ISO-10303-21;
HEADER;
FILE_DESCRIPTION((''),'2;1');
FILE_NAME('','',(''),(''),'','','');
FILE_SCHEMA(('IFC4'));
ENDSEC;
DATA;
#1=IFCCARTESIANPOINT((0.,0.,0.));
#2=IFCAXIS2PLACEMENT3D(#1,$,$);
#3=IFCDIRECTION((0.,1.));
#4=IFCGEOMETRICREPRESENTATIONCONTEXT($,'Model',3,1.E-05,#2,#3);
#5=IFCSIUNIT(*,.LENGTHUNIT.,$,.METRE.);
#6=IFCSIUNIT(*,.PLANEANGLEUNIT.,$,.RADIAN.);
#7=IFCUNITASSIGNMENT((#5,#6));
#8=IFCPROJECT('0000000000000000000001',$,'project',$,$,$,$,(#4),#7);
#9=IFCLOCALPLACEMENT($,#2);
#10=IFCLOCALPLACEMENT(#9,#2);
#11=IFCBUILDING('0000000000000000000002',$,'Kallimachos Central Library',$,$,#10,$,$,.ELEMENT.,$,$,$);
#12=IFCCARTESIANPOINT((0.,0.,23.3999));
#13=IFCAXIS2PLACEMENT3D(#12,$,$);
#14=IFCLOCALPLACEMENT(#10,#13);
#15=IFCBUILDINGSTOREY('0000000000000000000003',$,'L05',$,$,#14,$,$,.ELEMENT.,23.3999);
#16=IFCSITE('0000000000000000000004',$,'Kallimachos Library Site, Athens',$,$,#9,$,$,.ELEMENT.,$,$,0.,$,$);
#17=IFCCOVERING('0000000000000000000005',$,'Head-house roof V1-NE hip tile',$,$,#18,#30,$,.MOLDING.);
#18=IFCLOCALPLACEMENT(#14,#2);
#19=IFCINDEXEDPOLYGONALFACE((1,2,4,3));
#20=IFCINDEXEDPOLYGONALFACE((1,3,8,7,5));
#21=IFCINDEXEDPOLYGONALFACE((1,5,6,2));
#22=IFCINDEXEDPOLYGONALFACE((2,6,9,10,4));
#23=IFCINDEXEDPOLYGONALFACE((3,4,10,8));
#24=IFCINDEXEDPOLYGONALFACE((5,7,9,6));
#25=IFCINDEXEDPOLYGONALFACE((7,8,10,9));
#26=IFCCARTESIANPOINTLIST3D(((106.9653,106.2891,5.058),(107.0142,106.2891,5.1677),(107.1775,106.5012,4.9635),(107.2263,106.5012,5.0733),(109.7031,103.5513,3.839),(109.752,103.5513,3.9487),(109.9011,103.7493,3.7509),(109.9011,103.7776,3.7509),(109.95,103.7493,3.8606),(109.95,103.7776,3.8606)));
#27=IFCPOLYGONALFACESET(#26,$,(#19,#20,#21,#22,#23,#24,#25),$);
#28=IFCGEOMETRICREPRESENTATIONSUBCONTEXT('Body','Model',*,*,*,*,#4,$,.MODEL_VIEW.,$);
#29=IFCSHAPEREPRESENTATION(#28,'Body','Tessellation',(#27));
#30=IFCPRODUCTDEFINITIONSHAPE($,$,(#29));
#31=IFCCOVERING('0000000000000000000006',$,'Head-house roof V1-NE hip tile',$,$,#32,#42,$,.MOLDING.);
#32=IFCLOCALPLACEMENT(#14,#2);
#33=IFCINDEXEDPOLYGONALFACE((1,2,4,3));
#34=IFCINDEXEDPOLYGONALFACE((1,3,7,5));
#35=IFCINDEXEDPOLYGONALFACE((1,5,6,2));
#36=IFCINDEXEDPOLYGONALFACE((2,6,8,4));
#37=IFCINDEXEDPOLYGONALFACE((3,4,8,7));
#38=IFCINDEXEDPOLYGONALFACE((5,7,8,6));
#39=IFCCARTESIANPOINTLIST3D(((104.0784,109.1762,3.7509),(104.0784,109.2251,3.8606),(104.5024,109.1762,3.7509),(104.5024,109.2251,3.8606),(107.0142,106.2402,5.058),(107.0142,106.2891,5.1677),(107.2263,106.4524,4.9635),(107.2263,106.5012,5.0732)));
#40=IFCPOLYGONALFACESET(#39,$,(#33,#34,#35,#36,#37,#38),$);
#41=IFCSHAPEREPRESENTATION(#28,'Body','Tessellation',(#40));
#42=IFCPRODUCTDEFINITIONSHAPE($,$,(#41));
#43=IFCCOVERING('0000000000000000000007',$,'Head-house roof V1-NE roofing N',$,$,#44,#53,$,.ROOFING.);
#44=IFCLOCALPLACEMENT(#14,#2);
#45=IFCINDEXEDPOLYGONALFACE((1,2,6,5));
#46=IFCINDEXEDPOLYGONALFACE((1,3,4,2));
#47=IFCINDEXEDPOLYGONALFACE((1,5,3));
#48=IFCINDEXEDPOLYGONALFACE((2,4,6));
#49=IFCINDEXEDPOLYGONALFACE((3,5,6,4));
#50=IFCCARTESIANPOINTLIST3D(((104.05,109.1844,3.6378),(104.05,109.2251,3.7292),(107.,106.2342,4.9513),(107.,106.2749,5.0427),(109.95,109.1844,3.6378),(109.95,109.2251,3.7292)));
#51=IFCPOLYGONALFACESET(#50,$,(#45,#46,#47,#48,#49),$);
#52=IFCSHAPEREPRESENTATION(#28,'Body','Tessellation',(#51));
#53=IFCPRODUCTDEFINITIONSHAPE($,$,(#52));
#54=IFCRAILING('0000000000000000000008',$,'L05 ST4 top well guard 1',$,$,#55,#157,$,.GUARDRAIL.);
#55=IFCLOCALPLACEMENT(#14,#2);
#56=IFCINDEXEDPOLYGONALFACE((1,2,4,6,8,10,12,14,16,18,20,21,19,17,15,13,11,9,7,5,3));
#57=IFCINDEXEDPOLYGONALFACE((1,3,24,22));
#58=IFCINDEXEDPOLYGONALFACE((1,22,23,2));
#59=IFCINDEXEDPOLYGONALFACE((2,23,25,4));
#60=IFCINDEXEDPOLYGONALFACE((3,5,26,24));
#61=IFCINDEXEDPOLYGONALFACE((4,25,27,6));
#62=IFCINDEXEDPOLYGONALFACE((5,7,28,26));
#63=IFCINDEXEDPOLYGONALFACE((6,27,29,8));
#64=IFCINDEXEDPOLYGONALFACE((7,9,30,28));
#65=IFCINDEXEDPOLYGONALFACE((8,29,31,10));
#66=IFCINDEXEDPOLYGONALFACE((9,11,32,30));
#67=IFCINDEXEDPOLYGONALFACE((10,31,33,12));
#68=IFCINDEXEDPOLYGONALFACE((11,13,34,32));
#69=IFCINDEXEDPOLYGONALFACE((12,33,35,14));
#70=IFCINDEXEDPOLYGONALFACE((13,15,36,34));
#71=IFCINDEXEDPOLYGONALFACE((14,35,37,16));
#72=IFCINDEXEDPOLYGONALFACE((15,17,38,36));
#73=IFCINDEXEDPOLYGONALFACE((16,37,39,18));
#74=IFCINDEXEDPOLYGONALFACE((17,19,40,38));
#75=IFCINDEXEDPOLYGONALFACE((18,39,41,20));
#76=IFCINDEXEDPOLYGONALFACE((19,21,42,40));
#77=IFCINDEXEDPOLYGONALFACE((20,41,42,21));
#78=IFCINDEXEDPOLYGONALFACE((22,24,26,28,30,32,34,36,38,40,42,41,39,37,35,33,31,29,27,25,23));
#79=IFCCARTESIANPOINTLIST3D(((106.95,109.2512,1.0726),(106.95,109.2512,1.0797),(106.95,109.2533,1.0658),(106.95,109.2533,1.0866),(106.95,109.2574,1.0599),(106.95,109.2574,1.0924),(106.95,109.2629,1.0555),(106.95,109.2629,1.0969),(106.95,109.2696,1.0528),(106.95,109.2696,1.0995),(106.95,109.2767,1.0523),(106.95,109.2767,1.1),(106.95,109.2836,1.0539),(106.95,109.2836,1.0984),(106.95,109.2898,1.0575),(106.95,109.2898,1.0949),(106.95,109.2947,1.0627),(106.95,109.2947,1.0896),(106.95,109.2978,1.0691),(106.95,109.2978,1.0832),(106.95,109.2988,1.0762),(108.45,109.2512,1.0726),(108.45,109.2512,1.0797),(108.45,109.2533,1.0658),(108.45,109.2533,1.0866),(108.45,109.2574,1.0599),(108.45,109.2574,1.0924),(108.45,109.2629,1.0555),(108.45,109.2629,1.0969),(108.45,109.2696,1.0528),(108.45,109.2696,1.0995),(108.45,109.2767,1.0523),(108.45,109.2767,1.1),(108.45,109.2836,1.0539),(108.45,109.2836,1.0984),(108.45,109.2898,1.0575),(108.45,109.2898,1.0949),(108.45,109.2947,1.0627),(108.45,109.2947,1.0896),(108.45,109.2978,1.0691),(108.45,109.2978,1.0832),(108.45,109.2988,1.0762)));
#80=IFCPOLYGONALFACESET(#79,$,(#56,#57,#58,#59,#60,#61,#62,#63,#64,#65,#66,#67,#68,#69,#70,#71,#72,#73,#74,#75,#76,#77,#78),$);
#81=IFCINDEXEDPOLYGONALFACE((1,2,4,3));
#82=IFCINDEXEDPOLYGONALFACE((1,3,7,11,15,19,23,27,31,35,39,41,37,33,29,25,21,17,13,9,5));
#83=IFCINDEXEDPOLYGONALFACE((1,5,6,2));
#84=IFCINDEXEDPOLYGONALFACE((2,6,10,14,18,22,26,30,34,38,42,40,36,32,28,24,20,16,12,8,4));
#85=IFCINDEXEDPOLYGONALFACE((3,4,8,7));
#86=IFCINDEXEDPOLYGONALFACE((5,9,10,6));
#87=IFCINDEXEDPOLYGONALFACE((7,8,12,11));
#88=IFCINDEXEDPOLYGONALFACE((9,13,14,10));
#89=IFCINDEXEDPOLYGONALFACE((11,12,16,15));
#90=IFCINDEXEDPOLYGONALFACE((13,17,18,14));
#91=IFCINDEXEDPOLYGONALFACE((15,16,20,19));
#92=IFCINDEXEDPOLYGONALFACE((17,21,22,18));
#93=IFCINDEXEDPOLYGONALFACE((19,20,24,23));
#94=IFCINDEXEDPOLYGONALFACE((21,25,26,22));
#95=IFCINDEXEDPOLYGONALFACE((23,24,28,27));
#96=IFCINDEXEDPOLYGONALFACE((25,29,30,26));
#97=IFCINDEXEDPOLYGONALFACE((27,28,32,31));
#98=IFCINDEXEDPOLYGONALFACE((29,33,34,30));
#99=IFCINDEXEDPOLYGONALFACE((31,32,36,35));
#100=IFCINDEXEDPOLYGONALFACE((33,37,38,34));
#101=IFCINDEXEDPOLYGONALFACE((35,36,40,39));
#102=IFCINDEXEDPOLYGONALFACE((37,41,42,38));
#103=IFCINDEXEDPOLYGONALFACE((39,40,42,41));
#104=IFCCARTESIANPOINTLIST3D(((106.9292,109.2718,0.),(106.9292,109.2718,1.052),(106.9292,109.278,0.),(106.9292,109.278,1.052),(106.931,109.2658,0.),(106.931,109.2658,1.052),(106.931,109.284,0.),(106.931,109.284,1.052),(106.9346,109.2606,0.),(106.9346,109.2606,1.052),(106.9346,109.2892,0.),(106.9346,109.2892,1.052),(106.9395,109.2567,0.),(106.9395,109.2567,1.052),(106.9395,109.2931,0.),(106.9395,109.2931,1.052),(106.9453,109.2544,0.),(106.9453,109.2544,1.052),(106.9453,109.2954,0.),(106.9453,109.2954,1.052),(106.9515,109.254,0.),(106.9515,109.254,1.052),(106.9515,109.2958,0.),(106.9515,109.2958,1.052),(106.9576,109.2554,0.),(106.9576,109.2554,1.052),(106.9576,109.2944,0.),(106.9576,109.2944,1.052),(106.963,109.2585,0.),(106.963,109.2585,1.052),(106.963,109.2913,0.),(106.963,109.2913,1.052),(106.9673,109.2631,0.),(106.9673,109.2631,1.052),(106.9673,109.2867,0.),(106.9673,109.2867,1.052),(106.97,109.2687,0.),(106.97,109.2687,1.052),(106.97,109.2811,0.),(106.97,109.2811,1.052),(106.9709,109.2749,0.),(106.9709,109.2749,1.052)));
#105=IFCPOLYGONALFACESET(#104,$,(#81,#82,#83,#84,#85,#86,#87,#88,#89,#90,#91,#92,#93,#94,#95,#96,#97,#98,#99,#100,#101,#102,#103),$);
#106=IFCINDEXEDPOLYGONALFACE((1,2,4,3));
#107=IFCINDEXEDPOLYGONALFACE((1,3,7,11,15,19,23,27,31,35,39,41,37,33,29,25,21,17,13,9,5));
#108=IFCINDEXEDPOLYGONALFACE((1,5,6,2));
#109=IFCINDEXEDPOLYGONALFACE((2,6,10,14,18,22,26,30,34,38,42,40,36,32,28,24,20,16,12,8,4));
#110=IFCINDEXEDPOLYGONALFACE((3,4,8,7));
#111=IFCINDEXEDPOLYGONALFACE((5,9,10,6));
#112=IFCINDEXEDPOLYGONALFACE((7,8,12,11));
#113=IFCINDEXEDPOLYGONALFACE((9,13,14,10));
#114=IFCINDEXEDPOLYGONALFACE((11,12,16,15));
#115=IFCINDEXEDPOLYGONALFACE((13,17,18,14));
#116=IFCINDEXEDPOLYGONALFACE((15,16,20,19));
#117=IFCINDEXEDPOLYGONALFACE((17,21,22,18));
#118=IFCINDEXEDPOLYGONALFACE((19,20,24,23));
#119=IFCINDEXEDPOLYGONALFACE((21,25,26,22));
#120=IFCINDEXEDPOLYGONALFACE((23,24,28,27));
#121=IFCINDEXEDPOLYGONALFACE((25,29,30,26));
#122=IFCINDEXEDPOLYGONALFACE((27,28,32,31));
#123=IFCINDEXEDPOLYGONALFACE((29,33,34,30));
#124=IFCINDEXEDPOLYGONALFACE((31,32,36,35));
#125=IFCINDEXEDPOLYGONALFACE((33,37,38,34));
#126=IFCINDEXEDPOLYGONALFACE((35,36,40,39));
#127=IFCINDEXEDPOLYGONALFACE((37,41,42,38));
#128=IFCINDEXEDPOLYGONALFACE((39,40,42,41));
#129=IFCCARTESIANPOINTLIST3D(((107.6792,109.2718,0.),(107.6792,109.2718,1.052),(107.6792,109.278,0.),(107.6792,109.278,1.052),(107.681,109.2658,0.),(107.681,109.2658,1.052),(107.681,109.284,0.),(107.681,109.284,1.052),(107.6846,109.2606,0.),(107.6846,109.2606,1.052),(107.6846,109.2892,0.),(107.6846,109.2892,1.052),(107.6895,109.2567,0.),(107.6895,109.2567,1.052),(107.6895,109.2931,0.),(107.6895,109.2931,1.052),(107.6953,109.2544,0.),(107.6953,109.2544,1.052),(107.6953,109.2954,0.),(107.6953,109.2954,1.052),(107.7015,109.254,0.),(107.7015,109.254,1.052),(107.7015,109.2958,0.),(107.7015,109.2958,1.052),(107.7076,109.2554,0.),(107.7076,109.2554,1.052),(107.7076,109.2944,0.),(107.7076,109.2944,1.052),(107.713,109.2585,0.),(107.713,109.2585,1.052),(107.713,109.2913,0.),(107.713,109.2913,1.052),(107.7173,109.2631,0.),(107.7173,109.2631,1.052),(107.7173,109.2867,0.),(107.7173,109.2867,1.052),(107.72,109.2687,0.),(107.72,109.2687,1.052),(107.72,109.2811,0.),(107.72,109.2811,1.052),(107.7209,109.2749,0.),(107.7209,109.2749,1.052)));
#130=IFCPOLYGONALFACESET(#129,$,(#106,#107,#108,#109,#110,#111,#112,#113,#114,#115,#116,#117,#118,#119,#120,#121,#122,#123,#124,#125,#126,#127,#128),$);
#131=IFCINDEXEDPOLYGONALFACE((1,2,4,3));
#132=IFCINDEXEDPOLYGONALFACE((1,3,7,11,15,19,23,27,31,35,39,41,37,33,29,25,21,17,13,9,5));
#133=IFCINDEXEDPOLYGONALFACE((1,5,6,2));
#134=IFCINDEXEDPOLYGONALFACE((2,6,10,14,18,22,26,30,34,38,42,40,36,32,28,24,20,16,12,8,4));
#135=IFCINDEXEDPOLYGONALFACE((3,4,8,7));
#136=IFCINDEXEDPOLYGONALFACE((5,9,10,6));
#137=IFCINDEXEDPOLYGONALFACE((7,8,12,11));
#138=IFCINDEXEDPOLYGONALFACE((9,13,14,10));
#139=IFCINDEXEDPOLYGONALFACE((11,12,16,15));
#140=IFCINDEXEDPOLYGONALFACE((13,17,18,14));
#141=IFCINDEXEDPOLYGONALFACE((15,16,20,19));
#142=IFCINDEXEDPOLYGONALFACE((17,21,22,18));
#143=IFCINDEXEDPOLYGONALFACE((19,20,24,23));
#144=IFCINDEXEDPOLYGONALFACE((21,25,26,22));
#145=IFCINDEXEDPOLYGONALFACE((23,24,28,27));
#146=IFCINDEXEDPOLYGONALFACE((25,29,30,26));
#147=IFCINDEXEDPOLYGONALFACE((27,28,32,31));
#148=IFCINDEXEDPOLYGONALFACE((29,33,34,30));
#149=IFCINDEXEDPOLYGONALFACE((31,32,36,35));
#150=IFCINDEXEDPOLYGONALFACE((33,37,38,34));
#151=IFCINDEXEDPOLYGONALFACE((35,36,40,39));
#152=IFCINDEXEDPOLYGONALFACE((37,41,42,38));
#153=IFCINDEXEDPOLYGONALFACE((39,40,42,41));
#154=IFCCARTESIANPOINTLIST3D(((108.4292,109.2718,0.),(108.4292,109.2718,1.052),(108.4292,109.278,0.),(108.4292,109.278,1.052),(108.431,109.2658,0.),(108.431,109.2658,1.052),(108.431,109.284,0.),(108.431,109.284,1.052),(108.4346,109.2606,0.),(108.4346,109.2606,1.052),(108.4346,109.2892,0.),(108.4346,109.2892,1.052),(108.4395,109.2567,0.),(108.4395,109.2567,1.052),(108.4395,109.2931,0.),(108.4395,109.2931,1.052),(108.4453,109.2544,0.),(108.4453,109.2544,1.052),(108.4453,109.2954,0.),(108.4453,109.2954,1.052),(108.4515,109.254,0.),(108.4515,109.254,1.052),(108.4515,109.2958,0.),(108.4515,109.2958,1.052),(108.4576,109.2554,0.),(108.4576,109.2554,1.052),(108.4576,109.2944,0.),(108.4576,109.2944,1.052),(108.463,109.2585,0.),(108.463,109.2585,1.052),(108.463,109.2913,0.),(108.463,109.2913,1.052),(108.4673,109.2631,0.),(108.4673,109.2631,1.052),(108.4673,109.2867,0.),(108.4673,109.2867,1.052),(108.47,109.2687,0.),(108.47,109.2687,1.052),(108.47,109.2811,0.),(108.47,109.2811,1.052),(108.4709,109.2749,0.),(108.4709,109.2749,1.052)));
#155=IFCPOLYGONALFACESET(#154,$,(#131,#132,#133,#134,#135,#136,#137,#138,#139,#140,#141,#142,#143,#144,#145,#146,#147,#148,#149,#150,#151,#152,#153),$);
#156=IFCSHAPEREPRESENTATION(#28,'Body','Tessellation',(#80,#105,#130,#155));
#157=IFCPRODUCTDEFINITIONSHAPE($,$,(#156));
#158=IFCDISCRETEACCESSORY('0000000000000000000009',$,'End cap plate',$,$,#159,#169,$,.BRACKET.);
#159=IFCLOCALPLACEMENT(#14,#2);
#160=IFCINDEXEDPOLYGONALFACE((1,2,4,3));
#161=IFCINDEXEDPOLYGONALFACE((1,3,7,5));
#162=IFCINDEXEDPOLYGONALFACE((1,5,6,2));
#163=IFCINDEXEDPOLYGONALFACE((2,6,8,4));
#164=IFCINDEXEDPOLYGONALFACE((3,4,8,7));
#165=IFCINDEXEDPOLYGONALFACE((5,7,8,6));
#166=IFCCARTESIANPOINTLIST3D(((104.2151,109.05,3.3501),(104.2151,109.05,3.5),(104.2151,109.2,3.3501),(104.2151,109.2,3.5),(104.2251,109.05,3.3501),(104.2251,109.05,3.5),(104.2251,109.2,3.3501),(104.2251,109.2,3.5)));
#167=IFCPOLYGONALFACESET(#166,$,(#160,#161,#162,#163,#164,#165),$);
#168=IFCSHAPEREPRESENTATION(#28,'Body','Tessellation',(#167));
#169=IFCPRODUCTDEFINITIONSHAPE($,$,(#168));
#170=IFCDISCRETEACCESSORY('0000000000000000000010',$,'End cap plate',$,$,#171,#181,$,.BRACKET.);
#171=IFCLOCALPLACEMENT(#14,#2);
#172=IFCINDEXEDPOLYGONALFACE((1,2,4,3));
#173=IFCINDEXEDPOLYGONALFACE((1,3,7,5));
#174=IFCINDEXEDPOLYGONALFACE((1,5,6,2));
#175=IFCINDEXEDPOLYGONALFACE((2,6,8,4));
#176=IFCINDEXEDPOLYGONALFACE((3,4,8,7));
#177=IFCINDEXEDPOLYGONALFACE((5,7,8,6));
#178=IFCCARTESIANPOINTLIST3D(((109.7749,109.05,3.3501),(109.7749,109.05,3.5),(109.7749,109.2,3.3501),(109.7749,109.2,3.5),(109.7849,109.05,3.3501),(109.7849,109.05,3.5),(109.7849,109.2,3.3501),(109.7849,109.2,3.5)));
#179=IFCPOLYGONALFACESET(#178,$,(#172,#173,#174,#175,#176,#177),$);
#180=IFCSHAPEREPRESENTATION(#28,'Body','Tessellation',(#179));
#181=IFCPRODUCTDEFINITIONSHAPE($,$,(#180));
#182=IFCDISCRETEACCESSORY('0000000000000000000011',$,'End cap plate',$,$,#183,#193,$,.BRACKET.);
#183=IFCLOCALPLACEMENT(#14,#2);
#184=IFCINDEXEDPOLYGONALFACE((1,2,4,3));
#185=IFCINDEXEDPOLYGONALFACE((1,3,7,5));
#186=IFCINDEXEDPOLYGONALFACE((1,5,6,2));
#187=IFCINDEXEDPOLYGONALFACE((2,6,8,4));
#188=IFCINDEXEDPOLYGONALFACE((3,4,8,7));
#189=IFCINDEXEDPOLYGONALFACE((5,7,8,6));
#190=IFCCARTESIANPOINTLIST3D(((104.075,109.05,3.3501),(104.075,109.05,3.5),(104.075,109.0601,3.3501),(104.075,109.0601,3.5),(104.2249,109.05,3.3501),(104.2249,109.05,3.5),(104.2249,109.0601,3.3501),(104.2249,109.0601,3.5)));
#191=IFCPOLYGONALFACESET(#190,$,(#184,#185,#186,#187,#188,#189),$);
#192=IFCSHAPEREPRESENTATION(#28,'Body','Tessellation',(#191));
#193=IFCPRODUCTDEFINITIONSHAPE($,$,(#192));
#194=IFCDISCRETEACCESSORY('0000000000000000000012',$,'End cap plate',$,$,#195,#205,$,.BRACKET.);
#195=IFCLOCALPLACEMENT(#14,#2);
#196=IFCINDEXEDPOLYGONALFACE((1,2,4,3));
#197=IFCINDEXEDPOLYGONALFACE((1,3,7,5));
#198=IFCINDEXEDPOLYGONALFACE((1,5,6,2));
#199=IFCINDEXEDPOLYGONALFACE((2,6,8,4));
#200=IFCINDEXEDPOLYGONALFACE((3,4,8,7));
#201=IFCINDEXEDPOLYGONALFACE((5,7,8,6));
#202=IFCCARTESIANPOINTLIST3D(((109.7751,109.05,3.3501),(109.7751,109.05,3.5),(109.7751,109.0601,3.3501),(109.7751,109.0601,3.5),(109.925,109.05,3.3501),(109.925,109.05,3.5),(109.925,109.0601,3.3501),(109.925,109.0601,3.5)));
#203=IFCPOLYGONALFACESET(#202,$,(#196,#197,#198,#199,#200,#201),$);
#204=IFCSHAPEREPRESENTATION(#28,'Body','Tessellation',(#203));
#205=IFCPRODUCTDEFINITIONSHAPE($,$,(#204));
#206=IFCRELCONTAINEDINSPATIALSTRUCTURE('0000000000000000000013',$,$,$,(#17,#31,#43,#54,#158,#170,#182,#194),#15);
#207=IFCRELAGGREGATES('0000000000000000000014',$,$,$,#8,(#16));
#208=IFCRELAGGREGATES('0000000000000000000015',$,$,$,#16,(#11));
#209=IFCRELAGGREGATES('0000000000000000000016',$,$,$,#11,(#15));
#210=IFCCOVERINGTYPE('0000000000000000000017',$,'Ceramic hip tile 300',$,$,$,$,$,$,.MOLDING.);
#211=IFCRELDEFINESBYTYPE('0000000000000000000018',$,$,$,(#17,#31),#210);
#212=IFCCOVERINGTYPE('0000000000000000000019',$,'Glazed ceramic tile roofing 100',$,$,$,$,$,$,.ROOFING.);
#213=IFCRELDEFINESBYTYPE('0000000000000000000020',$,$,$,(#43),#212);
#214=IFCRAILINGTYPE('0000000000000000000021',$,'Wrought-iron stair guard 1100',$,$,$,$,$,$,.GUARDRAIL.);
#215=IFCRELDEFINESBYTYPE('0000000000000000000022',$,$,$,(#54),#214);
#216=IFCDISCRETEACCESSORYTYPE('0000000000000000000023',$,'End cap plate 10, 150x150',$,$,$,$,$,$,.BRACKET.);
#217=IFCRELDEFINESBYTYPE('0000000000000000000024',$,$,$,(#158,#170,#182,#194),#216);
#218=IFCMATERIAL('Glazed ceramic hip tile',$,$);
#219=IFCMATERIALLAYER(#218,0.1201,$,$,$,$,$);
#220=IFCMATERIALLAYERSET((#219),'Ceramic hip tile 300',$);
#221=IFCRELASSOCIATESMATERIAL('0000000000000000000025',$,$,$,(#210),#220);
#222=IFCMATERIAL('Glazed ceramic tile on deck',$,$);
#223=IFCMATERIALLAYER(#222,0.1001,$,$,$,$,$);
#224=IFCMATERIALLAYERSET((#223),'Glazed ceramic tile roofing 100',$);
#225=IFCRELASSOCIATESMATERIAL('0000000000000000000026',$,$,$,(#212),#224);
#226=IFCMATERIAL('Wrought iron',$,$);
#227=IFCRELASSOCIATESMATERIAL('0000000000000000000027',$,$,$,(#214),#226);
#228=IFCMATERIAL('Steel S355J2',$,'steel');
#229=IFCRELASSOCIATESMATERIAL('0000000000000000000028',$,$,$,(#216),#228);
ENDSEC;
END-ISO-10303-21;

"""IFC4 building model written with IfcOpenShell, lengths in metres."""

from ifc_helpers import new_model, si_unit, direction, frame, origin, origin_2d, place, context, subcontext, project, spatial, polyline, rectangle, circle, outline, extrude, material, layer, layer_set, material_profile, profile_set, type_object, element, save


model = new_model("IFC4")

# Units and contexts
model_context = context("Model", 3, precision=1e-05, world=origin(), true_north=direction((0.0, 1.0)))
body_context = subcontext(model_context, "Body", "Model", "MODEL_VIEW")
ifc_project = project(units=[si_unit("LENGTHUNIT", "METRE"), si_unit("PLANEANGLEUNIT", "RADIAN")], contexts=[model_context])

# Site, building, storey
site_placement = place(None, origin())
site = spatial("IfcSite", under=ifc_project, at=site_placement, Name="Kallimachos Library Site, Athens", CompositionType="ELEMENT", RefElevation=0.0)
building_placement = place(site_placement, origin())
building = spatial("IfcBuilding", under=site, at=building_placement, Name="Kallimachos Central Library", CompositionType="ELEMENT")
storey_placement = place(building_placement, frame((0.0, 0.0, 23.3999)))
storey = spatial("IfcBuildingStorey", under=building, at=storey_placement, Name="L05", CompositionType="ELEMENT", Elevation=23.3999)

# Coverings
ifc_material_1 = material(Name="Glazed ceramic hip tile")
ifc_layer_1 = layer(ifc_material_1, 0.1201)
ifc_layer_set_1 = layer_set([ifc_layer_1], Name="Ceramic hip tile 300")
covering_type_1 = type_object("IfcCoveringType", Name="Ceramic hip tile 300", PredefinedType="MOLDING", material=ifc_layer_set_1)
covering_1_placement = place(storey_placement, frame((107.0142, 106.2891, 5.1677), z_axis=(0.406744, 0.0, 0.913542), x_axis=(0.674482, 0.674456, -0.300305)))
element("IfcCovering", 1, at=covering_1_placement, inside=storey, type_object=covering_type_1, Name="Head-house roof V1-NE hip tile", PredefinedType="MOLDING", context=body_context, shape_type="SweptSolid", body=[
    extrude(outline(polyline([(0.0, 0.0), (0.3146, 0.0), (0.6788, -4.0217), (0.6597, -4.0426), (0.3661, -4.0426), (0.0, 0.0)])), origin(), (0.0, 0.0, -1.0), 0.1201),
])
covering_2_placement = place(storey_placement, frame((104.0784, 109.2251, 3.8606), z_axis=(0.000033, 0.40674, 0.913544), x_axis=(1.0, -0.000013, -0.00003)))
element("IfcCovering", 2, at=covering_2_placement, inside=storey, type_object=covering_type_1, Name="Head-house roof V1-NE hip tile", PredefinedType="MOLDING", context=body_context, shape_type="SweptSolid", body=[
    extrude(outline(polyline([(0.0, 0.0), (0.4241, 0.0), (3.1479, -2.9816), (2.9358, -3.2139), (0.0, 0.0)])), origin(), (0.0, 0.0, -1.0), 0.1201),
])
ifc_material_2 = material(Name="Glazed ceramic tile on deck")
ifc_layer_2 = layer(ifc_material_2, 0.1001)
ifc_layer_set_2 = layer_set([ifc_layer_2], Name="Glazed ceramic tile roofing 100")
covering_type_2 = type_object("IfcCoveringType", Name="Glazed ceramic tile roofing 100", PredefinedType="ROOFING", material=ifc_layer_set_2)
covering_3_placement = place(storey_placement, frame((109.95, 109.2251, 3.7292), z_axis=(0.0, 0.406728, 0.913549), x_axis=(-1.0, 0.0, 0.0)))
element("IfcCovering", 3, at=covering_3_placement, inside=storey, type_object=covering_type_2, Name="Head-house roof V1-NE roofing N", PredefinedType="ROOFING", context=body_context, shape_type="SweptSolid", body=[
    extrude(outline(polyline([(0.0, 0.0), (5.8999, 0.0), (2.95, 3.2294), (0.0, 0.0)])), origin(), (0.0, 0.0, -1.0), 0.1001),
])

# Railing
ifc_material_3 = material(Name="Wrought iron")
railing_type = type_object("IfcRailingType", Name="Wrought-iron stair guard 1100", PredefinedType="GUARDRAIL", material=ifc_material_3)
railing_1_placement = place(storey_placement, frame((106.95, 109.2749, 0.0)))
element("IfcRailing", 4, at=railing_1_placement, inside=storey, type_object=railing_type, Name="L05 ST4 top well guard 1", PredefinedType="GUARDRAIL", context=body_context, shape_type="SweptSolid", body=[
    extrude(circle(Radius=0.0239, at=origin_2d()), frame((0.0, 0.0, 1.0762), z_axis=(1.0, 0.0, 0.0), x_axis=(0.0, 1.0, 0.0)), (0.0, 0.0, 1.0), 1.5),
    extrude(circle(Radius=0.021, at=origin_2d()), origin(), (0.0, 0.0, 1.0), 1.052),
    extrude(circle(Radius=0.021, at=origin_2d()), frame((0.75, 0.0, 0.0)), (0.0, 0.0, 1.0), 1.052),
    extrude(circle(Radius=0.021, at=origin_2d()), frame((1.5, 0.0, 0.0)), (0.0, 0.0, 1.0), 1.052),
])

# Discrete accessories
ifc_material_4 = material(Name="Steel S355J2", Category="steel")
ifc_material_profile_1 = material_profile(ifc_material_4, rectangle(XDim=0.1499, YDim=0.1499, at=origin_2d()), Name="End cap plate 10, 150x150")
ifc_profile_set_1 = profile_set([ifc_material_profile_1], Name="Steel S355J2")
discrete_accessory_type = type_object("IfcDiscreteAccessoryType", Name="End cap plate 10, 150x150", PredefinedType="BRACKET", material=ifc_profile_set_1)
for number, where, z_axis, x_axis, name in (
    (5, (104.2151, 109.125, 3.425), (1.0, 0.0, 0.0), (0.0, 1.0, 0.0), "End cap plate"),
    (6, (109.7749, 109.125, 3.425), (1.0, 0.0, 0.0), (0.0, 1.0, 0.0), "End cap plate"),
    (7, (104.1499, 109.05, 3.425), (0.0, 1.0, 0.0), (-1.0, 0.0, 0.0), "End cap plate"),
    (8, (109.8501, 109.05, 3.425), (0.0, 1.0, 0.0), (-1.0, 0.0, 0.0), "End cap plate"),
):
    element("IfcDiscreteAccessory", number, at=place(storey_placement, frame(where, z_axis=z_axis, x_axis=x_axis)), inside=storey, type_object=discrete_accessory_type, Name=name, PredefinedType="BRACKET", context=body_context, shape_type="SweptSolid", body=[
        extrude(rectangle(XDim=0.1499, YDim=0.1499, at=origin_2d()), origin(), (0.0, 0.0, 1.0), 0.01),
    ])

save(model, "model.ifc")
